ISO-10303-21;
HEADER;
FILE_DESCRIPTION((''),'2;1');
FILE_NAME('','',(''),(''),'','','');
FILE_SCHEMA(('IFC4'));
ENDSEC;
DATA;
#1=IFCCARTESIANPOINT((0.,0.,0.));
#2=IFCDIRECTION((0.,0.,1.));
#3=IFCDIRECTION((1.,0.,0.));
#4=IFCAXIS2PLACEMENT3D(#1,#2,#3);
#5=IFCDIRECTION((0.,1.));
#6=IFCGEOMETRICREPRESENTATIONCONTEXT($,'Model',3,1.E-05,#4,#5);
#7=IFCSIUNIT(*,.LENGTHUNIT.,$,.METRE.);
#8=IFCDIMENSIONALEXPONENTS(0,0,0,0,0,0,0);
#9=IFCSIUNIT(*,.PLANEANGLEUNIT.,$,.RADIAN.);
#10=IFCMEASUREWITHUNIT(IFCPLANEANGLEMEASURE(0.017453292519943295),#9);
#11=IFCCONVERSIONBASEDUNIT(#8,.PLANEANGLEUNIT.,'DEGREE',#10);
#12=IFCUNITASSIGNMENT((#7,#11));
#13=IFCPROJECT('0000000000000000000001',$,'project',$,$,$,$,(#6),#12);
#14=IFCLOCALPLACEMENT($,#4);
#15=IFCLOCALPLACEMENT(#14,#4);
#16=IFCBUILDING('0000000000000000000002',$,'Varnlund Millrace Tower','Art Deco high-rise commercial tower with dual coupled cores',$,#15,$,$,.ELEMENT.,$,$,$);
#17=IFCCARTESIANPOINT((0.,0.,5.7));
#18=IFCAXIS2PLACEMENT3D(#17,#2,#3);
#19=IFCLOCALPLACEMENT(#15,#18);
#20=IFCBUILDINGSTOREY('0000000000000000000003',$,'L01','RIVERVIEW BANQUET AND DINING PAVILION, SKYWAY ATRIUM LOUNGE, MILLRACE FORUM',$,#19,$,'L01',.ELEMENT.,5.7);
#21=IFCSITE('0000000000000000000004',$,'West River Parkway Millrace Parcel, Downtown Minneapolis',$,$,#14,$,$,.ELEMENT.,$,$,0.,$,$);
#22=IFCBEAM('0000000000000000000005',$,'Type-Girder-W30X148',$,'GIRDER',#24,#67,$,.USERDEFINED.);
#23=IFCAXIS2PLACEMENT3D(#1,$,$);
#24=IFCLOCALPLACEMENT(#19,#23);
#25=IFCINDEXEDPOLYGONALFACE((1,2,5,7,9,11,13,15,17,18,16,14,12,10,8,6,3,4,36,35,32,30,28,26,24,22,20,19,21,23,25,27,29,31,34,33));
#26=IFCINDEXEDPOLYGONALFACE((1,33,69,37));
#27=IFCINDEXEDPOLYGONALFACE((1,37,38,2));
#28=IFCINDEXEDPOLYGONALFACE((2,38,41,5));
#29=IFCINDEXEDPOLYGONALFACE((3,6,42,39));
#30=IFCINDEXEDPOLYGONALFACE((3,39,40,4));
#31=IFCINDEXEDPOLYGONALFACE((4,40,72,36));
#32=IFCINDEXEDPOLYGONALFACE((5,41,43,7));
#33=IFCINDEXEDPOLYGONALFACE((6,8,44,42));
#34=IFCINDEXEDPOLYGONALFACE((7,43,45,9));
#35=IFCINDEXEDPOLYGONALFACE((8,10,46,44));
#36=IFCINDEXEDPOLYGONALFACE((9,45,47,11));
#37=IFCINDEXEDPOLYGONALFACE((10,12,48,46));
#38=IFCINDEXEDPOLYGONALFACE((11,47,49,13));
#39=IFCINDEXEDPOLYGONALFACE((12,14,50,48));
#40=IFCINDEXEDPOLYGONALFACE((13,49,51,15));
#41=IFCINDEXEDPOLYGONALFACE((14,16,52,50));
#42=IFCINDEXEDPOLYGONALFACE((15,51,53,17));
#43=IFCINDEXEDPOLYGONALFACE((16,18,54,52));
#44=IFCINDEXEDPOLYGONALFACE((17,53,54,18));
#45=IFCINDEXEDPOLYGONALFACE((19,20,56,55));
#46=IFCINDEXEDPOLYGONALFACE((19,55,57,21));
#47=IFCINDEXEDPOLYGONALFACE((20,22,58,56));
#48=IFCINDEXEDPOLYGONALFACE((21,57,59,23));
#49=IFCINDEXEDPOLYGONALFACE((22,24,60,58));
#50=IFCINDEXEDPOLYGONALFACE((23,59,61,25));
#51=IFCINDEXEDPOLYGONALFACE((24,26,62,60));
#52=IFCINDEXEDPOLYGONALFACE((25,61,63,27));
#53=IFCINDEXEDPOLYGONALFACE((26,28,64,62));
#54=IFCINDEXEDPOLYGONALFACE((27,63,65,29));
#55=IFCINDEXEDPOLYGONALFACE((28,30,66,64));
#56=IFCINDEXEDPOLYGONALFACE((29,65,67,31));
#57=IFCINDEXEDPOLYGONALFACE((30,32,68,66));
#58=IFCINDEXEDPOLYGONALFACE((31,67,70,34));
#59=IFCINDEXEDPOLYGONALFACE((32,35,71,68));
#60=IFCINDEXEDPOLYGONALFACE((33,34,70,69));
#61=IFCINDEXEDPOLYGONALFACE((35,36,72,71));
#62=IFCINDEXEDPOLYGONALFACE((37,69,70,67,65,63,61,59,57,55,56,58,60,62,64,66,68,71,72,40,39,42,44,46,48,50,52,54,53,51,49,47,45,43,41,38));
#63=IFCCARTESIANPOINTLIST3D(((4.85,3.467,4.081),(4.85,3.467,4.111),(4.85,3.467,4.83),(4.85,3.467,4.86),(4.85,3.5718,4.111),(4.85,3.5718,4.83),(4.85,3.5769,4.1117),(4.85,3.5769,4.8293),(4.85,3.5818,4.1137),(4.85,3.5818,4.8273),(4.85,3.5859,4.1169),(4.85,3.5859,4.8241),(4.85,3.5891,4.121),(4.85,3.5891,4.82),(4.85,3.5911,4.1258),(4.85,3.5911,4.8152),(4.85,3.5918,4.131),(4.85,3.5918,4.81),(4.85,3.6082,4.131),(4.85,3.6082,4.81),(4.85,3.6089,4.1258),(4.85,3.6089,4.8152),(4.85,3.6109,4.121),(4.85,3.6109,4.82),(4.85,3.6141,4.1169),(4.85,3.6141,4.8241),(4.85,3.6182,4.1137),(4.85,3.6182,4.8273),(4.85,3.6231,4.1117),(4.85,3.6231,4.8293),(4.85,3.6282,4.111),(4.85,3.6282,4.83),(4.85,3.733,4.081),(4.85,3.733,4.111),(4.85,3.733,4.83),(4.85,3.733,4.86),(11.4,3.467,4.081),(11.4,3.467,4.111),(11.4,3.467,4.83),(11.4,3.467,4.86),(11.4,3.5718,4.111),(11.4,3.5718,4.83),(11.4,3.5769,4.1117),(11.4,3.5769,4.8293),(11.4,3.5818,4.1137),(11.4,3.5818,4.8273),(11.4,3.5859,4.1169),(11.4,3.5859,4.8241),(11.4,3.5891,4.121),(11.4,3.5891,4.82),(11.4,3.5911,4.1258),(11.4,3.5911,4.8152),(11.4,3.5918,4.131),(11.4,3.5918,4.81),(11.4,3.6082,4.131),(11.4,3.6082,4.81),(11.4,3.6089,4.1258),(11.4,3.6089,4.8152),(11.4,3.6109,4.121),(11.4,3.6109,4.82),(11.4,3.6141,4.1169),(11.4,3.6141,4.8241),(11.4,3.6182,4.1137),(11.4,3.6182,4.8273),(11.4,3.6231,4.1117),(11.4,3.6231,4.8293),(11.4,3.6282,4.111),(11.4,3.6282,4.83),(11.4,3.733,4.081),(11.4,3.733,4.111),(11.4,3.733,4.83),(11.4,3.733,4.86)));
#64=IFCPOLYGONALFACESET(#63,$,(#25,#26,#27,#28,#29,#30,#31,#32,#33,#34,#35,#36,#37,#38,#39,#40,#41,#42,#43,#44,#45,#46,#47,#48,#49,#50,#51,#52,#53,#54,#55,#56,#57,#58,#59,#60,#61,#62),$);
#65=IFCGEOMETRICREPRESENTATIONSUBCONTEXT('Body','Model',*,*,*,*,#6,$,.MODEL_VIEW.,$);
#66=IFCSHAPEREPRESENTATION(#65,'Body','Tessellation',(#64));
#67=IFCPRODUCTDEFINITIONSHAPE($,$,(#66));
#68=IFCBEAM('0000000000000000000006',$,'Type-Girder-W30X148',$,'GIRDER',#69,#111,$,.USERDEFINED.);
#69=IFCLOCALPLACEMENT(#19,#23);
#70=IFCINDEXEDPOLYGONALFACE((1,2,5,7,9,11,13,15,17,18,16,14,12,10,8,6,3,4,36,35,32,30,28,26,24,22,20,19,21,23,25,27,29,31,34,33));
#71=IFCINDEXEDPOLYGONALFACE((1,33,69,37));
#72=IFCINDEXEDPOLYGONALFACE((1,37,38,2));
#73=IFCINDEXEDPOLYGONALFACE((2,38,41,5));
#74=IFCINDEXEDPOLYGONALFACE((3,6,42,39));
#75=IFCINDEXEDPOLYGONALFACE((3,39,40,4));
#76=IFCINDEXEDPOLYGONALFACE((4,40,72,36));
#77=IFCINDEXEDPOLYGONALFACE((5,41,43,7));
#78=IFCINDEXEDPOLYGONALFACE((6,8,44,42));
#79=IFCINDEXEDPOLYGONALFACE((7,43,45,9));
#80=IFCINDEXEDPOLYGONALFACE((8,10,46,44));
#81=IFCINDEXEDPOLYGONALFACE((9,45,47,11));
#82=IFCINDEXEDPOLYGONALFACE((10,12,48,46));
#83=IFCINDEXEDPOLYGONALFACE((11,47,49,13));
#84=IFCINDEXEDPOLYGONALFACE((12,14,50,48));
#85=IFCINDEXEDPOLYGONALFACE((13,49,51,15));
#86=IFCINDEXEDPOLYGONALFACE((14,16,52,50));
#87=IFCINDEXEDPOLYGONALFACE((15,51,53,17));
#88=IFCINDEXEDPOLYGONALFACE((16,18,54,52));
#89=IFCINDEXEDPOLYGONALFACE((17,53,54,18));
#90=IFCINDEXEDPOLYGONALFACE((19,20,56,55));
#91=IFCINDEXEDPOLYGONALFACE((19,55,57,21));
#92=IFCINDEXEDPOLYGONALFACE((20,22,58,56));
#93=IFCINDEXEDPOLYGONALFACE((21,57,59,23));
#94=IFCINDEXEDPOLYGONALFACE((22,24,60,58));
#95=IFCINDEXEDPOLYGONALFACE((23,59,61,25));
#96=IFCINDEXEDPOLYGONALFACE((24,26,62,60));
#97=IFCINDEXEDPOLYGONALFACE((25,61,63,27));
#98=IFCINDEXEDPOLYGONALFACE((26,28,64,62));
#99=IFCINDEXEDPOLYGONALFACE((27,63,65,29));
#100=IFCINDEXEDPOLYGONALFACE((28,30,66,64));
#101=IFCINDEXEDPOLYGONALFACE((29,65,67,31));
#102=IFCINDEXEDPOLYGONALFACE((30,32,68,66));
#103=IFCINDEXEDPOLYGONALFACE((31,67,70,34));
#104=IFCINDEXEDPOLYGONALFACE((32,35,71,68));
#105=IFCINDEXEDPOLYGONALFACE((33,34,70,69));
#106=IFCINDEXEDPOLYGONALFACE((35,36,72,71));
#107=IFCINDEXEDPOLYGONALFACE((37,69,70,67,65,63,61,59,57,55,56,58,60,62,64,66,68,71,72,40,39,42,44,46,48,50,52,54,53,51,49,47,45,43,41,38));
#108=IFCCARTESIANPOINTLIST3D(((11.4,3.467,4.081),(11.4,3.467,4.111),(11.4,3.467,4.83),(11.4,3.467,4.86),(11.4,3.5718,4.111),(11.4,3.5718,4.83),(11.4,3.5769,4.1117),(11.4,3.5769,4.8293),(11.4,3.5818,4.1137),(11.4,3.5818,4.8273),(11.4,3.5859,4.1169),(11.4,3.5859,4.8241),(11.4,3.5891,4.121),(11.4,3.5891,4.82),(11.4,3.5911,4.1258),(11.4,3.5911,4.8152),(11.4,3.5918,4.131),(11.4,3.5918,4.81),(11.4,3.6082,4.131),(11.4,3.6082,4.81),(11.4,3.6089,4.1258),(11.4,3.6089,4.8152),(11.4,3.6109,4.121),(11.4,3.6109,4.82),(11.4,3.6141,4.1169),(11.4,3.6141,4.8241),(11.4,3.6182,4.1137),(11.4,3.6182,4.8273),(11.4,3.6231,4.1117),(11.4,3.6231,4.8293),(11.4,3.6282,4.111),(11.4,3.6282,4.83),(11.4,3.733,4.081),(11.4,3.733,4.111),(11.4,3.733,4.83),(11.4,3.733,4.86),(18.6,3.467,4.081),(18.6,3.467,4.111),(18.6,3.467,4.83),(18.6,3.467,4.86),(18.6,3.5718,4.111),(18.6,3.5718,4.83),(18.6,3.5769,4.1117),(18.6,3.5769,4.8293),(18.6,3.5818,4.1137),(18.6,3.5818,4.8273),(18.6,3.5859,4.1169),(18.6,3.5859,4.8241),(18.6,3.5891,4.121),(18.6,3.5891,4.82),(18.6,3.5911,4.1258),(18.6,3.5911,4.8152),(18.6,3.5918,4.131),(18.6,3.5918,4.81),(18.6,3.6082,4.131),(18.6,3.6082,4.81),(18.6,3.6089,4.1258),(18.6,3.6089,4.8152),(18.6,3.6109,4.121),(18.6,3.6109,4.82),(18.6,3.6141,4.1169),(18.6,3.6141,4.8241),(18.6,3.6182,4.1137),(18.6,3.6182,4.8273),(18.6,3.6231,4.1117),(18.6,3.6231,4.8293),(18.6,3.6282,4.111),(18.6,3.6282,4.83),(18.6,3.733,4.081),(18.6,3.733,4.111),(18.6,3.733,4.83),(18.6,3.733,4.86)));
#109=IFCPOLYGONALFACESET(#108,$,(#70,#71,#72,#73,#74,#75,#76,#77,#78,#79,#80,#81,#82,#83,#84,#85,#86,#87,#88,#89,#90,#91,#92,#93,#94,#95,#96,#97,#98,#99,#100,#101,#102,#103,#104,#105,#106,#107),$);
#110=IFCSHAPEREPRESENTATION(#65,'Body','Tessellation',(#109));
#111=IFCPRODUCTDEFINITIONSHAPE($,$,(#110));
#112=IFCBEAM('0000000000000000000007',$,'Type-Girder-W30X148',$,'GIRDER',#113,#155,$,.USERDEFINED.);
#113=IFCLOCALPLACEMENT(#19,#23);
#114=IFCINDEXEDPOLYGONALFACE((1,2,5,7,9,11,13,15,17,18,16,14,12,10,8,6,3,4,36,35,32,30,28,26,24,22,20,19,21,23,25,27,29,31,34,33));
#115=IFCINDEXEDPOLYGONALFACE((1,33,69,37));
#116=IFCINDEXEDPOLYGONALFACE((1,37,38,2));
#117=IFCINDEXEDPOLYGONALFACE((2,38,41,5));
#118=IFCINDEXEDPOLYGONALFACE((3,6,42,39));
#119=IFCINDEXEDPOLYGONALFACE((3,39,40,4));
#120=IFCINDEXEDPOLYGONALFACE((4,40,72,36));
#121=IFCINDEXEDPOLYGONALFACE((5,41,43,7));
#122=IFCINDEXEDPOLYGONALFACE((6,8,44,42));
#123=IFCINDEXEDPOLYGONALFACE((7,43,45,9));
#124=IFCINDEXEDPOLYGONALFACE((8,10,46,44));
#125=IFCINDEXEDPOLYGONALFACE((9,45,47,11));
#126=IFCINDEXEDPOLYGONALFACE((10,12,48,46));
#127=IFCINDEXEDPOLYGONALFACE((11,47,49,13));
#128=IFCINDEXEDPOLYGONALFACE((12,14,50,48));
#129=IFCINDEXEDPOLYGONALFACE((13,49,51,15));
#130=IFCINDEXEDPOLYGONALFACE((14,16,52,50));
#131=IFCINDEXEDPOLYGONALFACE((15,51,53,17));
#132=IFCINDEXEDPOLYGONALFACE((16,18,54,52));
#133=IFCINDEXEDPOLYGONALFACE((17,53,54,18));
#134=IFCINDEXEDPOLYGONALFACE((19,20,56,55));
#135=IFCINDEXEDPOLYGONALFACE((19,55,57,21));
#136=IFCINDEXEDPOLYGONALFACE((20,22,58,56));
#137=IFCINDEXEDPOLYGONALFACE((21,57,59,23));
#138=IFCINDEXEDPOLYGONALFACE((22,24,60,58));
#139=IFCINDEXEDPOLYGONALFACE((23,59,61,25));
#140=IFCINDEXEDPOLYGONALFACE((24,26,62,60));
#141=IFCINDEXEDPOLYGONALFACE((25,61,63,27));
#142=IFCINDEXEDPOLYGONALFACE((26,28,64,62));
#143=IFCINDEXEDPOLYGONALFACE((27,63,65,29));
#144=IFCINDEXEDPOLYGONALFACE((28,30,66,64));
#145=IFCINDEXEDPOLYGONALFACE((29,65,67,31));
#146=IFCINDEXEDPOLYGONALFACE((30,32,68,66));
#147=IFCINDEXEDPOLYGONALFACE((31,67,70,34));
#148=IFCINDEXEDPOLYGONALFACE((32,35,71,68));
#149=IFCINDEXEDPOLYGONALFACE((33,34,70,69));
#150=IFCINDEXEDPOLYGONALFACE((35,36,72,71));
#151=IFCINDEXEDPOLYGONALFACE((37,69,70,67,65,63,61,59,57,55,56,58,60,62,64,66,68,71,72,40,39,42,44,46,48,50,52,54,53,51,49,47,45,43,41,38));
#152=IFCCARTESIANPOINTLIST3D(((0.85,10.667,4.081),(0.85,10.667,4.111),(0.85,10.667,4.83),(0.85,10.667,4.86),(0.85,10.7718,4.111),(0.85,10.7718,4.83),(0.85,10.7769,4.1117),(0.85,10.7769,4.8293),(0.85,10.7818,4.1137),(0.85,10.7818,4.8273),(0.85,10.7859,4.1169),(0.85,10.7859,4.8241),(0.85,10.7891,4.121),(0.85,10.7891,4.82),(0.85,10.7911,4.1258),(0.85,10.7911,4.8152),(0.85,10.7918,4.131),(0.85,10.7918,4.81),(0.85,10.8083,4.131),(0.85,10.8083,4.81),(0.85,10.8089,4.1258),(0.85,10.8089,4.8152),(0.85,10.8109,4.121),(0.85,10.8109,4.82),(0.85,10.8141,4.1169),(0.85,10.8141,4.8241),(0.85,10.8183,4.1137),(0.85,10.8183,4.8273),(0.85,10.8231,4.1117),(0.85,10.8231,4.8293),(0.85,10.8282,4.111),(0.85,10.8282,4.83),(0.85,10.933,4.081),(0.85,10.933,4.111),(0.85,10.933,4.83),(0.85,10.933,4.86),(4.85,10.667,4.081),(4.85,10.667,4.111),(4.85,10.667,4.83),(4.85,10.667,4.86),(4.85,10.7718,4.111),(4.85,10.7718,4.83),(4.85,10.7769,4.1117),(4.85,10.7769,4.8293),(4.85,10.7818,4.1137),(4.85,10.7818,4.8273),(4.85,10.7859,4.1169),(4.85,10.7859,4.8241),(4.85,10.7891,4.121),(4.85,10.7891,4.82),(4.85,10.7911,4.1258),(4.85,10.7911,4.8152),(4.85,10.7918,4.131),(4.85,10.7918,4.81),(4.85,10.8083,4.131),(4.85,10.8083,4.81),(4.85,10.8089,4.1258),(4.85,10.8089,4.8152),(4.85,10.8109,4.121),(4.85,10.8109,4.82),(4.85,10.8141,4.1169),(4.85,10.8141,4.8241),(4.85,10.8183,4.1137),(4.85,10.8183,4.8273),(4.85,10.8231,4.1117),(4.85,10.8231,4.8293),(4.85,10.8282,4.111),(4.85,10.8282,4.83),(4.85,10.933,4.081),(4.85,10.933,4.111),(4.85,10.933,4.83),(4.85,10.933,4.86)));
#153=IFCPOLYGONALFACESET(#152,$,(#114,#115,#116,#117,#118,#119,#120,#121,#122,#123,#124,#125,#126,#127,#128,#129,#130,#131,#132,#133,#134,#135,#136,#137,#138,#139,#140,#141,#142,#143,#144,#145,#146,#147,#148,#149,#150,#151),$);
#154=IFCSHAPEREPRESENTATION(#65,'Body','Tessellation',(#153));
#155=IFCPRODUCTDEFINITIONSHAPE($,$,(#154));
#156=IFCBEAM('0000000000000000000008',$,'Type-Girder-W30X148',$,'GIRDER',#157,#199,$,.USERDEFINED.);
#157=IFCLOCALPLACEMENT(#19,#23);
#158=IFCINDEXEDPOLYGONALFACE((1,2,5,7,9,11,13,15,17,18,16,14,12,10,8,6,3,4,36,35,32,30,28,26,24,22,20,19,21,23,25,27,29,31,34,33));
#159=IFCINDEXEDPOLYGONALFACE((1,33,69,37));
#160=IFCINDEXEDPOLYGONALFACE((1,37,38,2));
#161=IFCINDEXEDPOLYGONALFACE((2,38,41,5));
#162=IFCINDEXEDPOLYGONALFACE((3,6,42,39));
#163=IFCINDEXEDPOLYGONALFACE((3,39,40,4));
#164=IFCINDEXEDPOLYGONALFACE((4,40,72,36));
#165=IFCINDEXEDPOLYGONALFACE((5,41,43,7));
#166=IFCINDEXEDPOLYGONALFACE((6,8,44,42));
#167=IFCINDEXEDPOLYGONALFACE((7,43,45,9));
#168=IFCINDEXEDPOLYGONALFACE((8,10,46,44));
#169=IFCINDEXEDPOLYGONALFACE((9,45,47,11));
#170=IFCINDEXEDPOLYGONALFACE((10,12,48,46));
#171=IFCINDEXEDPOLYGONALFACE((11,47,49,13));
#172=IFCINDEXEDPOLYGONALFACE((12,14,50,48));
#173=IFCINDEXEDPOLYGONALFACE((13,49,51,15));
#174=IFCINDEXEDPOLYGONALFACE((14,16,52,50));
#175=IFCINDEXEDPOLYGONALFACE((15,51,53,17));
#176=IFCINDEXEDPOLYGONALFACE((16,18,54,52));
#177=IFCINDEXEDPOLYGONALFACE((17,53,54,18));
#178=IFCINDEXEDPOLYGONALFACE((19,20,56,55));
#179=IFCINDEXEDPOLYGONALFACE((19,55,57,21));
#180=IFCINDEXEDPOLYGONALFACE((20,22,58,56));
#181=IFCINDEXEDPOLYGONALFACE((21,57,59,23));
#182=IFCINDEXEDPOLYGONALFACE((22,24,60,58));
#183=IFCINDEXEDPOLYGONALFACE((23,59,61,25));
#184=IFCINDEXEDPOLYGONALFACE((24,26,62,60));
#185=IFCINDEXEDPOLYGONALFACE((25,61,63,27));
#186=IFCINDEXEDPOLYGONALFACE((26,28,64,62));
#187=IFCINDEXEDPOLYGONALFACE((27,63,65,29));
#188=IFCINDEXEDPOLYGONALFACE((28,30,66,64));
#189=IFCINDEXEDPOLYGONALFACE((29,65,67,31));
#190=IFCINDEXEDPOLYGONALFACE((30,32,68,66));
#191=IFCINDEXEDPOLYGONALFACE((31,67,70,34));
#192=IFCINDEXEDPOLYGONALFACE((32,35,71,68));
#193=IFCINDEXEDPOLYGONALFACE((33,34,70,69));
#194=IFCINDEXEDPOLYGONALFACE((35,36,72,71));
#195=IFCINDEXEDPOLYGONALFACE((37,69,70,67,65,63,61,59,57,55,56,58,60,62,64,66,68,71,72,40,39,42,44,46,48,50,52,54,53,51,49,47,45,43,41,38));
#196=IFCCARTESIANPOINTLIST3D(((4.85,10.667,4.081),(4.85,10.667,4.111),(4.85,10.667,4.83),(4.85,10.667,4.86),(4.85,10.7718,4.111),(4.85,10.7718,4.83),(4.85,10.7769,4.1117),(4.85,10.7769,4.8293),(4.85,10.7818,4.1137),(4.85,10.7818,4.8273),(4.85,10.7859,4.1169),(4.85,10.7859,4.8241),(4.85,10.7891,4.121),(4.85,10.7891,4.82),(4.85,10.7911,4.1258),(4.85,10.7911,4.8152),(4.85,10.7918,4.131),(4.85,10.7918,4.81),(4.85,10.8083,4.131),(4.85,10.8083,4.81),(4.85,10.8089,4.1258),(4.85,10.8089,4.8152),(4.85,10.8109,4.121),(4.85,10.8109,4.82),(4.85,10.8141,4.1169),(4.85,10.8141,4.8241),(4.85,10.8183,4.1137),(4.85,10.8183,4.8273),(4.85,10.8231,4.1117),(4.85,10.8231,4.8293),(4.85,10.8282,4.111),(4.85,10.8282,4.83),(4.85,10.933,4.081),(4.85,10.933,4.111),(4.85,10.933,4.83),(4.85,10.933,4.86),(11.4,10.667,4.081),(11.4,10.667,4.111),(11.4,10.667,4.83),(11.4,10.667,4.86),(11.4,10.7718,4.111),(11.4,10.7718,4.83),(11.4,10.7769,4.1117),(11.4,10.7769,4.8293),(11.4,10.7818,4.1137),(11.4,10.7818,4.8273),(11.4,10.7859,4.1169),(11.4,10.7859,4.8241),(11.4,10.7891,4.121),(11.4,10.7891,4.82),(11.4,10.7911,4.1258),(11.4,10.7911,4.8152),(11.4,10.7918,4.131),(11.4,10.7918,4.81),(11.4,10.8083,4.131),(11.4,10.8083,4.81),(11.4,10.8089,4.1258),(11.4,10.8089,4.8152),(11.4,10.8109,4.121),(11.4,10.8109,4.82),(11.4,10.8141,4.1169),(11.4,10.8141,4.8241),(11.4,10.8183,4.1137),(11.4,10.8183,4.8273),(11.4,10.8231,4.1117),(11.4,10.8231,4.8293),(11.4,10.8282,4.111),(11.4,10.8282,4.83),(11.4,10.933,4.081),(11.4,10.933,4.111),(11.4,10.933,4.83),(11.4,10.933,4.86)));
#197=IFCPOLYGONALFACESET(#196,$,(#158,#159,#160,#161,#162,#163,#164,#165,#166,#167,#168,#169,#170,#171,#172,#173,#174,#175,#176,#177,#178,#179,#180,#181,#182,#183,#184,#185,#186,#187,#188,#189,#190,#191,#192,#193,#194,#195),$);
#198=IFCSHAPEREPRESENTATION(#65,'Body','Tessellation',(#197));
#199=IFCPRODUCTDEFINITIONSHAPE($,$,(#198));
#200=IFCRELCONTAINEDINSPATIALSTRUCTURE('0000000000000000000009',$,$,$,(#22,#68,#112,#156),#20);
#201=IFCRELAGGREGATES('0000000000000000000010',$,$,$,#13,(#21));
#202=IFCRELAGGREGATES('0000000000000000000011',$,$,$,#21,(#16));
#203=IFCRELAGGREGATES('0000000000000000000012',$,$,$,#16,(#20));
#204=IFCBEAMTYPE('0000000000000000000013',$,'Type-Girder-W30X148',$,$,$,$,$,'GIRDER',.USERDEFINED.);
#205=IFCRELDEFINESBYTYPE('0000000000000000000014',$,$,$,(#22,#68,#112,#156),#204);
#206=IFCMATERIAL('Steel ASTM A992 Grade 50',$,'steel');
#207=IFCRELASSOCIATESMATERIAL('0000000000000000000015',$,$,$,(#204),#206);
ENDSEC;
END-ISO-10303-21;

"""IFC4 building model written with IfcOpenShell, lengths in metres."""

from ifc_helpers import new_model, entity, si_unit, converted_unit, direction, frame, origin_with_axes, origin_2d_with_axis, place, context, subcontext, project, spatial, i_section, extrude, material, material_profile, profile_set, type_object, element, save


model = new_model("IFC4")

# Units and contexts
model_context = context("Model", 3, precision=1e-05, world=origin_with_axes(), true_north=direction((0.0, 1.0)))
body_context = subcontext(model_context, "Body", "Model", "MODEL_VIEW")
ifc_project = project(units=[si_unit("LENGTHUNIT", "METRE"), converted_unit("PLANEANGLEUNIT", "DEGREE", entity("IfcPlaneAngleMeasure", 0.017453292519943295), si_unit("PLANEANGLEUNIT", "RADIAN"), dimensions=[0, 0, 0, 0, 0, 0, 0])], contexts=[model_context])

# Site, building, storey
site_placement = place(None, origin_with_axes())
site = spatial("IfcSite", under=ifc_project, at=site_placement, Name="West River Parkway Millrace Parcel, Downtown Minneapolis", CompositionType="ELEMENT", RefElevation=0.0)
building_placement = place(site_placement, origin_with_axes())
building = spatial("IfcBuilding", under=site, at=building_placement, Name="Varnlund Millrace Tower", Description="Art Deco high-rise commercial tower with dual coupled cores", CompositionType="ELEMENT")
storey_placement = place(building_placement, frame((0.0, 0.0, 5.7), z_axis=(0.0, 0.0, 1.0), x_axis=(1.0, 0.0, 0.0)))
storey = spatial("IfcBuildingStorey", under=building, at=storey_placement, Name="L01", Description="RIVERVIEW BANQUET AND DINING PAVILION, SKYWAY ATRIUM LOUNGE, MILLRACE FORUM", LongName="L01", CompositionType="ELEMENT", Elevation=5.7)

# Beams
ifc_material_1 = material(Name="Steel ASTM A992 Grade 50", Category="steel")
ifc_material_profile_1 = material_profile(ifc_material_1, i_section(OverallWidth=0.266, OverallDepth=0.779, WebThickness=0.0165, FlangeThickness=0.03, FilletRadius=0.02, at=origin_2d_with_axis()), Name="Steel ASTM A992 Grade 50")
ifc_profile_set_1 = profile_set([ifc_material_profile_1], Name="Steel ASTM A992 Grade 50")
beam_type_1 = type_object("IfcBeamType", Name="Type-Girder-W30X148", ElementType="GIRDER", PredefinedType="USERDEFINED", material=ifc_profile_set_1)
beam_1_placement = place(storey_placement, frame((4.85, 3.6, 4.4705), z_axis=(1.0, 0.0, 0.0), x_axis=(0.0, 1.0, 0.0)))
element("IfcBeam", 1, at=beam_1_placement, inside=storey, type_object=beam_type_1, Name="Type-Girder-W30X148", ObjectType="GIRDER", PredefinedType="USERDEFINED", context=body_context, shape_type="SweptSolid", body=[
    extrude(i_section(OverallWidth=0.266, OverallDepth=0.779, WebThickness=0.0165, FlangeThickness=0.03, FilletRadius=0.02, at=origin_2d_with_axis()), origin_with_axes(), (0.0, 0.0, 1.0), 6.55),
])
beam_2_placement = place(storey_placement, frame((11.4, 3.6, 4.4705), z_axis=(1.0, 0.0, 0.0), x_axis=(0.0, 1.0, 0.0)))
element("IfcBeam", 2, at=beam_2_placement, inside=storey, type_object=beam_type_1, Name="Type-Girder-W30X148", ObjectType="GIRDER", PredefinedType="USERDEFINED", context=body_context, shape_type="SweptSolid", body=[
    extrude(i_section(OverallWidth=0.266, OverallDepth=0.779, WebThickness=0.0165, FlangeThickness=0.03, FilletRadius=0.02, at=origin_2d_with_axis()), origin_with_axes(), (0.0, 0.0, 1.0), 7.2),
])
beam_3_placement = place(storey_placement, frame((0.85, 10.8, 4.4705), z_axis=(1.0, 0.0, 0.0), x_axis=(0.0, 1.0, 0.0)))
element("IfcBeam", 3, at=beam_3_placement, inside=storey, type_object=beam_type_1, Name="Type-Girder-W30X148", ObjectType="GIRDER", PredefinedType="USERDEFINED", context=body_context, shape_type="SweptSolid", body=[
    extrude(i_section(OverallWidth=0.266, OverallDepth=0.779, WebThickness=0.0165, FlangeThickness=0.03, FilletRadius=0.02, at=origin_2d_with_axis()), origin_with_axes(), (0.0, 0.0, 1.0), 4.0),
])
beam_4_placement = place(storey_placement, frame((4.85, 10.8, 4.4705), z_axis=(1.0, 0.0, 0.0), x_axis=(0.0, 1.0, 0.0)))
element("IfcBeam", 4, at=beam_4_placement, inside=storey, type_object=beam_type_1, Name="Type-Girder-W30X148", ObjectType="GIRDER", PredefinedType="USERDEFINED", context=body_context, shape_type="SweptSolid", body=[
    extrude(i_section(OverallWidth=0.266, OverallDepth=0.779, WebThickness=0.0165, FlangeThickness=0.03, FilletRadius=0.02, at=origin_2d_with_axis()), origin_with_axes(), (0.0, 0.0, 1.0), 6.55),
])

save(model, "model.ifc")
